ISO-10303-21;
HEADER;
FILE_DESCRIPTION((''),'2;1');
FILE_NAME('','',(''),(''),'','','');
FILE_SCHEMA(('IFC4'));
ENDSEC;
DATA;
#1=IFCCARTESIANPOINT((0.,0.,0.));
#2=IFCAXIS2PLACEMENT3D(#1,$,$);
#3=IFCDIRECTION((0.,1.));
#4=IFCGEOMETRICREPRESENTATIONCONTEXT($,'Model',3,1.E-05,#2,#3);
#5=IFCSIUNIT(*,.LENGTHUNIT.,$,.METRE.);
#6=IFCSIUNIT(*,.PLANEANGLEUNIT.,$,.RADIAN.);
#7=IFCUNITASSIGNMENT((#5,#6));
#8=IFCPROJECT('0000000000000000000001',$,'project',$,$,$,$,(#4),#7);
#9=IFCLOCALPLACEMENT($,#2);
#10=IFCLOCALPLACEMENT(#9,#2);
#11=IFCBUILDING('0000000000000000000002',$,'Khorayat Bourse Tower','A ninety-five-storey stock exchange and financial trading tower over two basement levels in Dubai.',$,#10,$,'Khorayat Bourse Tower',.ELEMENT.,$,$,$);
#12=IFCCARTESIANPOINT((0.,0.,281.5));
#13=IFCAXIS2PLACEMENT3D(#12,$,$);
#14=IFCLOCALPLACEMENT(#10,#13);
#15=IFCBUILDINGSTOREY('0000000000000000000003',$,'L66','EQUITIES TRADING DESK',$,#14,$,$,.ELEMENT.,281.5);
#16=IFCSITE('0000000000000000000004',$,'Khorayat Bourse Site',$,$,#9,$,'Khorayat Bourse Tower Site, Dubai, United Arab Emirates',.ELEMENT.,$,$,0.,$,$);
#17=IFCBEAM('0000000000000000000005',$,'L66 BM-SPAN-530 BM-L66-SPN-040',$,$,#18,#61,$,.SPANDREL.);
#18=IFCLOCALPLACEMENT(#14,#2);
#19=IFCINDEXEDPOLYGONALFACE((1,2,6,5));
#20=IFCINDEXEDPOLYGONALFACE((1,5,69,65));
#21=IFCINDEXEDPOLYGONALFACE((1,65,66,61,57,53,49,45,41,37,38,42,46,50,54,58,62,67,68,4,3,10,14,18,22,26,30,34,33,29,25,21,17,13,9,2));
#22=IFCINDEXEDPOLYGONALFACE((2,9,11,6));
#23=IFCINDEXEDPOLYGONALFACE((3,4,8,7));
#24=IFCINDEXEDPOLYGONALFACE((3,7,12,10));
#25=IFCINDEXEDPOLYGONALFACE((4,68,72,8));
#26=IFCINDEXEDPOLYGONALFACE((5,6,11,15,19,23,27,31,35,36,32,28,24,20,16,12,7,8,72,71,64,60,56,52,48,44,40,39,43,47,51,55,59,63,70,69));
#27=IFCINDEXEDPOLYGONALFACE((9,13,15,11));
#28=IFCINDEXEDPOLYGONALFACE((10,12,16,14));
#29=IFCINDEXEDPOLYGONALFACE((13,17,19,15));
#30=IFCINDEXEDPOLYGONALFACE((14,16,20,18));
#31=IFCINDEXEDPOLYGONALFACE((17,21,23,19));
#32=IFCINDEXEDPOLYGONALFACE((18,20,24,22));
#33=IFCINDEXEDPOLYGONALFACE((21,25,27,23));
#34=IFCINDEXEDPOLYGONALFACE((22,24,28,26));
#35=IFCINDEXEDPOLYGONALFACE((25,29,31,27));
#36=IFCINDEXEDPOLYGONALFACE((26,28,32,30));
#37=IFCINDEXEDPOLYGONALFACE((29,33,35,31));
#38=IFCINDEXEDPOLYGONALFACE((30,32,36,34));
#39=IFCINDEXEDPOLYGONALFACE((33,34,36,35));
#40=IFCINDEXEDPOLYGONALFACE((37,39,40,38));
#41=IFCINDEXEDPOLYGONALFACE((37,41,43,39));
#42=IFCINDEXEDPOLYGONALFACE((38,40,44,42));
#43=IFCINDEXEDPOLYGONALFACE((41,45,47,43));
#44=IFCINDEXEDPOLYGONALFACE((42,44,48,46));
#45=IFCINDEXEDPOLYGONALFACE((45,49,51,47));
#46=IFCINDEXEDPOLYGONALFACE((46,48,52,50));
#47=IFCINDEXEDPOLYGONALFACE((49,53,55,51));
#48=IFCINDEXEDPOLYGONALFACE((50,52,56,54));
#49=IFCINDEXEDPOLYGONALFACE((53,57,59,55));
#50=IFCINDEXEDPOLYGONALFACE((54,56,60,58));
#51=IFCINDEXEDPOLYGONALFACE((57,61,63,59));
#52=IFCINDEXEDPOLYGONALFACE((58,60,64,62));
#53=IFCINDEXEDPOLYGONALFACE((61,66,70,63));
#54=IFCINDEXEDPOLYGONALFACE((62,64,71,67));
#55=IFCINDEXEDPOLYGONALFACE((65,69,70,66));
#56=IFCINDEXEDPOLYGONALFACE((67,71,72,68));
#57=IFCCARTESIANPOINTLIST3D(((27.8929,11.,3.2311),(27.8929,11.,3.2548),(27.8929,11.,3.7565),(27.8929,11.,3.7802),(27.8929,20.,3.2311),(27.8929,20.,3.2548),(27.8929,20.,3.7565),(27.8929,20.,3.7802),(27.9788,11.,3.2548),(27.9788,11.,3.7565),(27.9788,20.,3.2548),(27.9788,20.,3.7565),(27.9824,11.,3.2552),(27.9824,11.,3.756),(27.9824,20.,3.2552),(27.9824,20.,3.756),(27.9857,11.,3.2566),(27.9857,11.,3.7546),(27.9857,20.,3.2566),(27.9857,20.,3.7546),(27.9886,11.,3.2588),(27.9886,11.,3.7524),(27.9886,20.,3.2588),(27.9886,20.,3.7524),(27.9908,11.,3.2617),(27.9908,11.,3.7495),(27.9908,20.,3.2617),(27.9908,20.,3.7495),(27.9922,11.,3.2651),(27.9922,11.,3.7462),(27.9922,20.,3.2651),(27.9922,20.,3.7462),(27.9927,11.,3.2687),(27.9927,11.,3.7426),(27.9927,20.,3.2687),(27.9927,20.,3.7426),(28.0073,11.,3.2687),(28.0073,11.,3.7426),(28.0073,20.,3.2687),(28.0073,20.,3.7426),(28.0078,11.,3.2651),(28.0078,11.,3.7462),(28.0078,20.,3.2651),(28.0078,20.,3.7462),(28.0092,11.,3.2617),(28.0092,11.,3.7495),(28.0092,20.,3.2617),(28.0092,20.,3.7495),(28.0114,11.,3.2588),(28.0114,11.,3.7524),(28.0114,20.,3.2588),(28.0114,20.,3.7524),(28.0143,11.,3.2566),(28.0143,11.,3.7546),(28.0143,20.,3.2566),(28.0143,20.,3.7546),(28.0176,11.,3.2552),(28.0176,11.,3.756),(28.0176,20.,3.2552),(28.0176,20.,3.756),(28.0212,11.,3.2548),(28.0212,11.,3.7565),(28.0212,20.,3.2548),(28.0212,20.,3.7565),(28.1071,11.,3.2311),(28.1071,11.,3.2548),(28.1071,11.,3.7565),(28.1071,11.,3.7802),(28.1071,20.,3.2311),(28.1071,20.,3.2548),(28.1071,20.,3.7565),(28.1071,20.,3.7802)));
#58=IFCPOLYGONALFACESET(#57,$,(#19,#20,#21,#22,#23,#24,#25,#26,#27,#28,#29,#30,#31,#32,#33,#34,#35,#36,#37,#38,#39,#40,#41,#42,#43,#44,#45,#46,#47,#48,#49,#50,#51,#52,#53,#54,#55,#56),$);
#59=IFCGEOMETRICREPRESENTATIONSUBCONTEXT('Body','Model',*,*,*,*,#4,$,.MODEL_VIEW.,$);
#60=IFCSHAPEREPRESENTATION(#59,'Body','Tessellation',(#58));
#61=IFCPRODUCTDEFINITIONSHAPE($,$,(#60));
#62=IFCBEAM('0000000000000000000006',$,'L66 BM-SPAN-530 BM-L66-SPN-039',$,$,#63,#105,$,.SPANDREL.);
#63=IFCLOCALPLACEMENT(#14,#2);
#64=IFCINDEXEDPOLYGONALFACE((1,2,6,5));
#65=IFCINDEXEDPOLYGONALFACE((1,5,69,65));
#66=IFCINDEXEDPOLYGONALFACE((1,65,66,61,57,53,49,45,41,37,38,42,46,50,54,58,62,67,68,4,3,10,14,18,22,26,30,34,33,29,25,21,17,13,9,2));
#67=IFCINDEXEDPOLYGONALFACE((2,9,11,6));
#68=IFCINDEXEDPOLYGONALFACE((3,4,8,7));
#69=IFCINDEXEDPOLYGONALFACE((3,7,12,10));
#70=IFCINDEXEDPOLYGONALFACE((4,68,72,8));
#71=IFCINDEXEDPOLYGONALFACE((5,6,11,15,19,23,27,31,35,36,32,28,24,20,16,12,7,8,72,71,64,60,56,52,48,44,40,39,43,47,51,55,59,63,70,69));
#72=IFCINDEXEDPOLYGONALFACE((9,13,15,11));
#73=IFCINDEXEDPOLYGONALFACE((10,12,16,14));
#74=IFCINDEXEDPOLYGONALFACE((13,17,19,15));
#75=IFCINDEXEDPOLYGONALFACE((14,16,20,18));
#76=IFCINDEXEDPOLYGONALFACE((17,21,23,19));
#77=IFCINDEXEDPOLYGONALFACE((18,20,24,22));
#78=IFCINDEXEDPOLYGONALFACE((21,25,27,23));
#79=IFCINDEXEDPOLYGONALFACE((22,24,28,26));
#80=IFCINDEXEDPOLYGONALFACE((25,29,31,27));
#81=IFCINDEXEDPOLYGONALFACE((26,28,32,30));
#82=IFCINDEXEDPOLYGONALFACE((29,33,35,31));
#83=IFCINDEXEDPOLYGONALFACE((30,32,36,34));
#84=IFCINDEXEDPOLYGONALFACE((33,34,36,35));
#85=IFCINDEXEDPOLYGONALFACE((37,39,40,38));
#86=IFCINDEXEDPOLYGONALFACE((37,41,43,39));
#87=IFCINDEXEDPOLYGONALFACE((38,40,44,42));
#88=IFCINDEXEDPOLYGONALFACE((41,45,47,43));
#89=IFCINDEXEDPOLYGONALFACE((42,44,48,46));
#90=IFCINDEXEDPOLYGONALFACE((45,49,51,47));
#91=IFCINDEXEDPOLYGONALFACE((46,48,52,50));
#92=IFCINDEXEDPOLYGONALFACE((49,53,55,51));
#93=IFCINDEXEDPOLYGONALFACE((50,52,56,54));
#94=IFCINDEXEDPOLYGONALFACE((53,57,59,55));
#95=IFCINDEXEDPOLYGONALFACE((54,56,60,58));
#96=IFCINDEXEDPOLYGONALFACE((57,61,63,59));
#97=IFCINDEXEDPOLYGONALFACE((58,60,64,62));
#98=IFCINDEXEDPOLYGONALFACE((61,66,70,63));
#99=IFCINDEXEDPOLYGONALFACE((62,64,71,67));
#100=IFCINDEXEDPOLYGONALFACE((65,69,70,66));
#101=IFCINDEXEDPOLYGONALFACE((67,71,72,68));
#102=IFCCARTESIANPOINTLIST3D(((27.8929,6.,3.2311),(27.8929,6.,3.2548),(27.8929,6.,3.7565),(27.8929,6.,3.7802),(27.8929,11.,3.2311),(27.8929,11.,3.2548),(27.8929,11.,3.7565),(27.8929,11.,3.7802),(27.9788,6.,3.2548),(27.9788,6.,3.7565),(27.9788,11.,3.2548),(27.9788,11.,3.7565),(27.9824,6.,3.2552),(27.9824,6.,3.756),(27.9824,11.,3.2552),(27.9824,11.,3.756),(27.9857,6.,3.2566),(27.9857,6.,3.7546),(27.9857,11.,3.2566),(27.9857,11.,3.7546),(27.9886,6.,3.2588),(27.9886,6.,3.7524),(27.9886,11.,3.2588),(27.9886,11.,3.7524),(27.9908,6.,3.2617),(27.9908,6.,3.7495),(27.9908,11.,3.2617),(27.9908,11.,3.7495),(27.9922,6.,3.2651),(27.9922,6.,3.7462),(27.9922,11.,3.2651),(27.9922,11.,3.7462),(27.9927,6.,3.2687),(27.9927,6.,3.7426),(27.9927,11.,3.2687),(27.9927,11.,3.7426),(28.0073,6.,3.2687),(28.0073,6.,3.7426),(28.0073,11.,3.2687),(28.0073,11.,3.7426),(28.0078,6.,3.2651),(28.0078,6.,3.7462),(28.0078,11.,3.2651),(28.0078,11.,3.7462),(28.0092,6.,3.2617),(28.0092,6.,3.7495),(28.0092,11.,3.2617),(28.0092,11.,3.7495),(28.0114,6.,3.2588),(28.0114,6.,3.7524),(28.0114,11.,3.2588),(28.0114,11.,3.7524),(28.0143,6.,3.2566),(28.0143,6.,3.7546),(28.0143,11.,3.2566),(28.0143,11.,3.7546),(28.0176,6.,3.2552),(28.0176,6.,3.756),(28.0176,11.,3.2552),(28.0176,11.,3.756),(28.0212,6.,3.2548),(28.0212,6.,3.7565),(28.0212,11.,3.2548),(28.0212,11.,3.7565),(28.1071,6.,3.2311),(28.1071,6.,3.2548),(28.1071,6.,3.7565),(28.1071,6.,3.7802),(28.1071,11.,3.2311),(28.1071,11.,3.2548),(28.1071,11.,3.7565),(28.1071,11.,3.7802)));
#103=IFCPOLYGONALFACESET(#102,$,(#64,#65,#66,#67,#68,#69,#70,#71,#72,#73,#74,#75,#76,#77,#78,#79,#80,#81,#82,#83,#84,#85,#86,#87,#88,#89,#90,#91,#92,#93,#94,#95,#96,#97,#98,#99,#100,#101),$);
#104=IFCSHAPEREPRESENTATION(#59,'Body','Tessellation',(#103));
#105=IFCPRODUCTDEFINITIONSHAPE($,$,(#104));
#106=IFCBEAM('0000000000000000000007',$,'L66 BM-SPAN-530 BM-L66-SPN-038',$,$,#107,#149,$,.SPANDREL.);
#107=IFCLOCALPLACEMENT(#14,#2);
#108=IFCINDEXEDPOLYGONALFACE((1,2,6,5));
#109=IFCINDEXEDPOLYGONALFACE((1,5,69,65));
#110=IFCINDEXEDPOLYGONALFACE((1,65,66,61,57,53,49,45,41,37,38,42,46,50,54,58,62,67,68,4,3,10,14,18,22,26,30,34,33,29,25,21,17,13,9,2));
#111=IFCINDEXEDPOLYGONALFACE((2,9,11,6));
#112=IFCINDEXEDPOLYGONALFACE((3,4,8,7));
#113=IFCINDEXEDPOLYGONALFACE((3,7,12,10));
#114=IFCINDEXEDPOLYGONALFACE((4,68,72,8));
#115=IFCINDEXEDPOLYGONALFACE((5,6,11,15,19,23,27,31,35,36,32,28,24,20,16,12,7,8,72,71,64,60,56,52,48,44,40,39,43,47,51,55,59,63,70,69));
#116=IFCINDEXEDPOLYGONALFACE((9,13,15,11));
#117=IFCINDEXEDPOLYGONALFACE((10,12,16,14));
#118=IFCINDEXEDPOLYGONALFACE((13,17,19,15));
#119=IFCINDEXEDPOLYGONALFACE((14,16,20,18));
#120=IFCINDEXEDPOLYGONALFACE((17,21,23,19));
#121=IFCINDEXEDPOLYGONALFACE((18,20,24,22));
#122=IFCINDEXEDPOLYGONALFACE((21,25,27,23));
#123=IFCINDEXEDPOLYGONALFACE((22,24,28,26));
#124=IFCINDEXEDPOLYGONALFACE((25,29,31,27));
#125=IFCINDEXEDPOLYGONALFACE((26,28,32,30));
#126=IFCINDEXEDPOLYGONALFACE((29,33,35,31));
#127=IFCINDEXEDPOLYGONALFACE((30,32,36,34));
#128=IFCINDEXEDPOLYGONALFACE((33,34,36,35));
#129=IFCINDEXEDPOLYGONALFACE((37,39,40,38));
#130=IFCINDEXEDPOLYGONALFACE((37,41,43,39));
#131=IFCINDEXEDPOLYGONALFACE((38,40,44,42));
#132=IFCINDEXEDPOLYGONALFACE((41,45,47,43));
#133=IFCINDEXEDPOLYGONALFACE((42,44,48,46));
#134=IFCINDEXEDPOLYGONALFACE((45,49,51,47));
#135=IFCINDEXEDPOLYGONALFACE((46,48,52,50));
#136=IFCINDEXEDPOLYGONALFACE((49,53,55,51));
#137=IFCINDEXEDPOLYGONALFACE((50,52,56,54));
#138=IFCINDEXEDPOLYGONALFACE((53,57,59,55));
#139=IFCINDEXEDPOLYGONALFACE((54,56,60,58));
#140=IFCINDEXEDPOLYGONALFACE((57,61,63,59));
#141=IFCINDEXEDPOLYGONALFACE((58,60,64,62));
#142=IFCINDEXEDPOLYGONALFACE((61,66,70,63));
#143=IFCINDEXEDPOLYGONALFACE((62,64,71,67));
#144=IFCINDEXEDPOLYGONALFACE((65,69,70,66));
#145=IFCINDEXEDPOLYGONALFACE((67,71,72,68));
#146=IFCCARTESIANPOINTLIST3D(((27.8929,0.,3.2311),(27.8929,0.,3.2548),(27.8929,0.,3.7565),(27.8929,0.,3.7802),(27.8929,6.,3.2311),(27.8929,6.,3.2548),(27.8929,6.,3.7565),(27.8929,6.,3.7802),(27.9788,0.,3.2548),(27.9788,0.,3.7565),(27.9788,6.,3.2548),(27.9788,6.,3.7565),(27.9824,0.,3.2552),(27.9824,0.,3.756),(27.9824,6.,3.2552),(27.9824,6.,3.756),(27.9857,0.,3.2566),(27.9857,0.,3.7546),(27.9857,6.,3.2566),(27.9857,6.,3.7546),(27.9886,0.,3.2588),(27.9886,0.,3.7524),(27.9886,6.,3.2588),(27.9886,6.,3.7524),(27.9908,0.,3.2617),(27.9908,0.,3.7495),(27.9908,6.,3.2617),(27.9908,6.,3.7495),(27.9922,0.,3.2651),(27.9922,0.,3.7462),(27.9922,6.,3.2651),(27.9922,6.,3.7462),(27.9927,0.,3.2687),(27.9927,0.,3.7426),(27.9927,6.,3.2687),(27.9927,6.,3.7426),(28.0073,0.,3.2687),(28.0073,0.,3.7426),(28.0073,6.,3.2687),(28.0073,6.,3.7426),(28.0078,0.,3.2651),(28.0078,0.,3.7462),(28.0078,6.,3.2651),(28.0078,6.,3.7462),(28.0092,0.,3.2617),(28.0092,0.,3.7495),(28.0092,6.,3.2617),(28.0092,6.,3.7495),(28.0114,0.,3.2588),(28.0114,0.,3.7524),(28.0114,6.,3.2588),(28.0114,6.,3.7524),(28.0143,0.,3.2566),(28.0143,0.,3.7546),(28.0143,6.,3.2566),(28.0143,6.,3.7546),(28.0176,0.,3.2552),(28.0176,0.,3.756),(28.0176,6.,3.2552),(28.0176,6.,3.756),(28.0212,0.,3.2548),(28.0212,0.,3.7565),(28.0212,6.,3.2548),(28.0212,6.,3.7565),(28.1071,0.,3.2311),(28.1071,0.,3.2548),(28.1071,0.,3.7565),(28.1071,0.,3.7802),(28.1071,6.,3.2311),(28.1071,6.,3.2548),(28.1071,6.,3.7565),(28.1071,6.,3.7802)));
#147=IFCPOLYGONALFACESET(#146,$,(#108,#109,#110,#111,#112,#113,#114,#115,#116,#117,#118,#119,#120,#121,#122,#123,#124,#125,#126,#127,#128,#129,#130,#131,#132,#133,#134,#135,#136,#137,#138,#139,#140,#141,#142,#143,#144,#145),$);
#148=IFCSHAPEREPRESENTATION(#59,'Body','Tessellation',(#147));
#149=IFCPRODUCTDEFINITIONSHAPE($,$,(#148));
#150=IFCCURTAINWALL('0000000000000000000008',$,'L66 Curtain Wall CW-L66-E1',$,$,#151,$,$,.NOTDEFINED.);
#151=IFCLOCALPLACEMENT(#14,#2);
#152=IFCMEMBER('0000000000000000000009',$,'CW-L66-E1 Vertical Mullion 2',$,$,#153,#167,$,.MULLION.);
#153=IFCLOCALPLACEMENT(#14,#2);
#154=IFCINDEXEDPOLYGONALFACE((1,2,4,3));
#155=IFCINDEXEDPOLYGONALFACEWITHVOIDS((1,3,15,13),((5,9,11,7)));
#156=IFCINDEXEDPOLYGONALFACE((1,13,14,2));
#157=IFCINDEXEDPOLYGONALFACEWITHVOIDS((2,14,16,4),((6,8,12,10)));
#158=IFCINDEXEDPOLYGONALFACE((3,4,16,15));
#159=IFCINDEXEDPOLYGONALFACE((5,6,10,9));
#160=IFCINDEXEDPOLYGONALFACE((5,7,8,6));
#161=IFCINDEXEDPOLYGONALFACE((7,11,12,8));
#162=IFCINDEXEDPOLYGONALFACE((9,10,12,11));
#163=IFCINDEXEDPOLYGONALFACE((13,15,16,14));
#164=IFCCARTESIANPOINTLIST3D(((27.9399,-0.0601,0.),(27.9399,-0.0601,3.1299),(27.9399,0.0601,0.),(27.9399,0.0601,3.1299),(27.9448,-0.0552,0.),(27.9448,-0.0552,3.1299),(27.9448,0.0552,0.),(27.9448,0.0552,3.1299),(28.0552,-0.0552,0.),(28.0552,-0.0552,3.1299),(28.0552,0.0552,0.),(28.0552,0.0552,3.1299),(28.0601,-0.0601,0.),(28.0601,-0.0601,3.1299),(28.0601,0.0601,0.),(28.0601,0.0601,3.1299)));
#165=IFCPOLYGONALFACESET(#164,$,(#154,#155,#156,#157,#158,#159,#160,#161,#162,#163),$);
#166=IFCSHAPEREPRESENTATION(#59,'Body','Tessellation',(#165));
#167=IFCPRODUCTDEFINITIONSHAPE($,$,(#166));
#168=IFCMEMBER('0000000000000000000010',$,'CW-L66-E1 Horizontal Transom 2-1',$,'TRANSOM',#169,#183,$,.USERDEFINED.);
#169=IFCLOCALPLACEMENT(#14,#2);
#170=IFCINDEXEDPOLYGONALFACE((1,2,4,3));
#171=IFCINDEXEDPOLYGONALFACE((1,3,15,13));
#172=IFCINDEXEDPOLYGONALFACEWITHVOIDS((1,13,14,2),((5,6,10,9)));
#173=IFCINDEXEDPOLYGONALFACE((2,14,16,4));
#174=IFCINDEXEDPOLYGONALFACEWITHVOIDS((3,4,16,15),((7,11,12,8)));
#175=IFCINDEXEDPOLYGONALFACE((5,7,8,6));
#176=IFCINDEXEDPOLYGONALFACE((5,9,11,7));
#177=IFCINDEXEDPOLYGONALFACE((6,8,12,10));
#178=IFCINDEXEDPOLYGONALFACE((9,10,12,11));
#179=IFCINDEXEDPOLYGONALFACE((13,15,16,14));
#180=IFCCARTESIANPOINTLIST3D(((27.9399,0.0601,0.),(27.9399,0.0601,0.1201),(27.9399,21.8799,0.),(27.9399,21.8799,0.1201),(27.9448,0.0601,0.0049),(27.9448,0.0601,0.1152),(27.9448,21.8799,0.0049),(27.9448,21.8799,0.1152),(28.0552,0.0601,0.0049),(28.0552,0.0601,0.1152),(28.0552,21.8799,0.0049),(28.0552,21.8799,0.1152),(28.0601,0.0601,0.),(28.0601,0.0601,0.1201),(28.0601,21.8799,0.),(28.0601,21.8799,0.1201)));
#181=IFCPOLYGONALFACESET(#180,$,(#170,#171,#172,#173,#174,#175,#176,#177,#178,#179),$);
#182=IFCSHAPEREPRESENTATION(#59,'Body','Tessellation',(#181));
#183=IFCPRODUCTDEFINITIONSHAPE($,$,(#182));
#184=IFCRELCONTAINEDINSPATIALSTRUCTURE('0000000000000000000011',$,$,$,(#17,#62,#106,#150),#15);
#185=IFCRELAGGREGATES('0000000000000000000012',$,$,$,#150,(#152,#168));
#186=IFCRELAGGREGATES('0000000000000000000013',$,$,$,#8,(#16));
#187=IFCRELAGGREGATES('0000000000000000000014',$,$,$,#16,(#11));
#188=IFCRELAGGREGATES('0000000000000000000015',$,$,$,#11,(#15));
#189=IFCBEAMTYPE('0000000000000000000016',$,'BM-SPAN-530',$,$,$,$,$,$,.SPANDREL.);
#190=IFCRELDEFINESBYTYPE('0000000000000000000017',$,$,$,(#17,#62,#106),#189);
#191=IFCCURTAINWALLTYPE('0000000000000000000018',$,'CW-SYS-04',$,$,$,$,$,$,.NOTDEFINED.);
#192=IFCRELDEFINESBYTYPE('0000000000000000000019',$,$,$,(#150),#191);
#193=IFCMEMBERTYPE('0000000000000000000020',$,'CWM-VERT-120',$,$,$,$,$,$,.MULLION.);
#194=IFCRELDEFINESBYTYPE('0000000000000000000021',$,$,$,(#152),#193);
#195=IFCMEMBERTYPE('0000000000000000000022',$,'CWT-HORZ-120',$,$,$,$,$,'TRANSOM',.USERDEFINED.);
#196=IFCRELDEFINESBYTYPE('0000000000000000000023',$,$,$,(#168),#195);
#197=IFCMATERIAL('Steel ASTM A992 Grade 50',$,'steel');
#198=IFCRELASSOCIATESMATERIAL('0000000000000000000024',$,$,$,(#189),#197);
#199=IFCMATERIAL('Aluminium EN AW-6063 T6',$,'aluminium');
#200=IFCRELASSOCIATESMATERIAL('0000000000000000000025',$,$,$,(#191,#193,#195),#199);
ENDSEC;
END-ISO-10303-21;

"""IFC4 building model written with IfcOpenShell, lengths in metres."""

from ifc_helpers import new_model, si_unit, direction, frame, origin, origin_2d, place, context, subcontext, project, spatial, hollow_rectangle, i_section, extrude, source, transform, mapped, material, material_profile, profile_set, type_object, element, aggregate, save


model = new_model("IFC4")

# Units and contexts
model_context = context("Model", 3, precision=1e-05, world=origin(), true_north=direction((0.0, 1.0)))
body_context = subcontext(model_context, "Body", "Model", "MODEL_VIEW")
ifc_project = project(units=[si_unit("LENGTHUNIT", "METRE"), si_unit("PLANEANGLEUNIT", "RADIAN")], contexts=[model_context])

# Site, building, storey
site_placement = place(None, origin())
site = spatial("IfcSite", under=ifc_project, at=site_placement, Name="Khorayat Bourse Site", LongName="Khorayat Bourse Tower Site, Dubai, United Arab Emirates", CompositionType="ELEMENT", RefElevation=0.0)
building_placement = place(site_placement, origin())
building = spatial("IfcBuilding", under=site, at=building_placement, Name="Khorayat Bourse Tower", Description="A ninety-five-storey stock exchange and financial trading tower over two basement levels in Dubai.", LongName="Khorayat Bourse Tower", CompositionType="ELEMENT")
storey_placement = place(building_placement, frame((0.0, 0.0, 281.5)))
storey = spatial("IfcBuildingStorey", under=building, at=storey_placement, Name="L66", Description="EQUITIES TRADING DESK", CompositionType="ELEMENT", Elevation=281.5)

# Shared definitions
ifc_material_1 = material(Name="Steel ASTM A992 Grade 50", Category="steel")

# Beams
ifc_material_profile_1 = material_profile(ifc_material_1, i_section(OverallWidth=0.2141, OverallDepth=0.5491, WebThickness=0.0146, FlangeThickness=0.0237, FilletRadius=0.0139, at=origin_2d()), Name="W530X138")
ifc_profile_set_1 = profile_set([ifc_material_profile_1], Name="Steel ASTM A992 Grade 50")
beam_type_1 = type_object("IfcBeamType", Name="BM-SPAN-530", PredefinedType="SPANDREL", material=ifc_profile_set_1)
shared_shape_1 = source(origin(), body_context, "Body", "SweptSolid", [
    extrude(i_section(OverallWidth=0.2141, OverallDepth=0.5491, WebThickness=0.0146, FlangeThickness=0.0237, FilletRadius=0.0139, at=origin_2d()), origin(), (0.0, 0.0, 1.0), 9.0),
])
beam_1_placement = place(storey_placement, frame((28.0, 11.0, 3.5056), z_axis=(0.0, 1.0, 0.0), x_axis=(-1.0, 0.0, 0.0)))
element("IfcBeam", 1, at=beam_1_placement, inside=storey, type_object=beam_type_1, Name="L66 BM-SPAN-530 BM-L66-SPN-040", PredefinedType="SPANDREL", context=body_context, shape_type="MappedRepresentation", body=[
    mapped(shared_shape_1, transform((0.0, 0.0, 0.0), scale=1.0)),
])
shared_shape_2 = source(origin(), body_context, "Body", "SweptSolid", [
    extrude(i_section(OverallWidth=0.2141, OverallDepth=0.5491, WebThickness=0.0146, FlangeThickness=0.0237, FilletRadius=0.0139, at=origin_2d()), origin(), (0.0, 0.0, 1.0), 5.0),
])
beam_2_placement = place(storey_placement, frame((28.0, 6.0, 3.5056), z_axis=(0.0, 1.0, 0.0), x_axis=(-1.0, 0.0, 0.0)))
element("IfcBeam", 2, at=beam_2_placement, inside=storey, type_object=beam_type_1, Name="L66 BM-SPAN-530 BM-L66-SPN-039", PredefinedType="SPANDREL", context=body_context, shape_type="MappedRepresentation", body=[
    mapped(shared_shape_2, transform((0.0, 0.0, 0.0), scale=1.0)),
])
shared_shape_3 = source(origin(), body_context, "Body", "SweptSolid", [
    extrude(i_section(OverallWidth=0.2141, OverallDepth=0.5491, WebThickness=0.0146, FlangeThickness=0.0237, FilletRadius=0.0139, at=origin_2d()), origin(), (0.0, 0.0, 1.0), 6.0),
])
beam_3_placement = place(storey_placement, frame((28.0, 0.0, 3.5056), z_axis=(0.0, 1.0, 0.0), x_axis=(-1.0, 0.0, 0.0)))
element("IfcBeam", 3, at=beam_3_placement, inside=storey, type_object=beam_type_1, Name="L66 BM-SPAN-530 BM-L66-SPN-038", PredefinedType="SPANDREL", context=body_context, shape_type="MappedRepresentation", body=[
    mapped(shared_shape_3, transform((0.0, 0.0, 0.0), scale=1.0)),
])

# Curtain wall, members
ifc_material_2 = material(Name="Aluminium EN AW-6063 T6", Category="aluminium")
curtain_wall_type = type_object("IfcCurtainWallType", Name="CW-SYS-04", PredefinedType="NOTDEFINED", material=ifc_material_2)
curtain_wall_placement = place(storey_placement, origin())
curtain_wall = element("IfcCurtainWall", 4, at=curtain_wall_placement, inside=storey, type_object=curtain_wall_type, Name="L66 Curtain Wall CW-L66-E1", PredefinedType="NOTDEFINED")
ifc_material_profile_2 = material_profile(ifc_material_2, hollow_rectangle(XDim=0.1201, YDim=0.1201, WallThickness=0.0049, at=origin_2d()), Name="ALU 120x120x5")
ifc_profile_set_2 = profile_set([ifc_material_profile_2], Name="Aluminium EN AW-6063 T6")
member_type_1 = type_object("IfcMemberType", Name="CWM-VERT-120", PredefinedType="MULLION", material=ifc_profile_set_2)
shared_shape_4 = source(origin(), body_context, "Body", "SweptSolid", [
    extrude(hollow_rectangle(XDim=0.1201, YDim=0.1201, WallThickness=0.0049, at=origin_2d()), origin(), (0.0, 0.0, 1.0), 3.1299),
])
member_1_placement = place(storey_placement, frame((28.0, 0.0, 0.0), z_axis=(0.0, 0.0, 1.0), x_axis=(-1.0, 0.0, 0.0)))
member_1 = element("IfcMember", 5, at=member_1_placement, type_object=member_type_1, Name="CW-L66-E1 Vertical Mullion 2", PredefinedType="MULLION", context=body_context, shape_type="MappedRepresentation", body=[
    mapped(shared_shape_4, transform((0.0, 0.0, 0.0), scale=1.0)),
])
ifc_material_profile_3 = material_profile(ifc_material_2, hollow_rectangle(XDim=0.1201, YDim=0.1201, WallThickness=0.0049, at=origin_2d()), Name="ALU 120x120x5")
ifc_profile_set_3 = profile_set([ifc_material_profile_3], Name="Aluminium EN AW-6063 T6")
member_type_2 = type_object("IfcMemberType", Name="CWT-HORZ-120", ElementType="TRANSOM", PredefinedType="USERDEFINED", material=ifc_profile_set_3)
shared_shape_5 = source(origin(), body_context, "Body", "SweptSolid", [
    extrude(hollow_rectangle(XDim=0.1201, YDim=0.1201, WallThickness=0.0049, at=origin_2d()), origin(), (0.0, 0.0, 1.0), 21.8198),
])
member_2_placement = place(storey_placement, frame((28.0, 0.0601, 0.0601), z_axis=(0.0, 1.0, 0.0), x_axis=(-1.0, 0.0, 0.0)))
member_2 = element("IfcMember", 6, at=member_2_placement, type_object=member_type_2, Name="CW-L66-E1 Horizontal Transom 2-1", ObjectType="TRANSOM", PredefinedType="USERDEFINED", context=body_context, shape_type="MappedRepresentation", body=[
    mapped(shared_shape_5, transform((0.0, 0.0, 0.0), scale=1.0)),
])

aggregate(curtain_wall, [member_1, member_2])

save(model, "model.ifc")
